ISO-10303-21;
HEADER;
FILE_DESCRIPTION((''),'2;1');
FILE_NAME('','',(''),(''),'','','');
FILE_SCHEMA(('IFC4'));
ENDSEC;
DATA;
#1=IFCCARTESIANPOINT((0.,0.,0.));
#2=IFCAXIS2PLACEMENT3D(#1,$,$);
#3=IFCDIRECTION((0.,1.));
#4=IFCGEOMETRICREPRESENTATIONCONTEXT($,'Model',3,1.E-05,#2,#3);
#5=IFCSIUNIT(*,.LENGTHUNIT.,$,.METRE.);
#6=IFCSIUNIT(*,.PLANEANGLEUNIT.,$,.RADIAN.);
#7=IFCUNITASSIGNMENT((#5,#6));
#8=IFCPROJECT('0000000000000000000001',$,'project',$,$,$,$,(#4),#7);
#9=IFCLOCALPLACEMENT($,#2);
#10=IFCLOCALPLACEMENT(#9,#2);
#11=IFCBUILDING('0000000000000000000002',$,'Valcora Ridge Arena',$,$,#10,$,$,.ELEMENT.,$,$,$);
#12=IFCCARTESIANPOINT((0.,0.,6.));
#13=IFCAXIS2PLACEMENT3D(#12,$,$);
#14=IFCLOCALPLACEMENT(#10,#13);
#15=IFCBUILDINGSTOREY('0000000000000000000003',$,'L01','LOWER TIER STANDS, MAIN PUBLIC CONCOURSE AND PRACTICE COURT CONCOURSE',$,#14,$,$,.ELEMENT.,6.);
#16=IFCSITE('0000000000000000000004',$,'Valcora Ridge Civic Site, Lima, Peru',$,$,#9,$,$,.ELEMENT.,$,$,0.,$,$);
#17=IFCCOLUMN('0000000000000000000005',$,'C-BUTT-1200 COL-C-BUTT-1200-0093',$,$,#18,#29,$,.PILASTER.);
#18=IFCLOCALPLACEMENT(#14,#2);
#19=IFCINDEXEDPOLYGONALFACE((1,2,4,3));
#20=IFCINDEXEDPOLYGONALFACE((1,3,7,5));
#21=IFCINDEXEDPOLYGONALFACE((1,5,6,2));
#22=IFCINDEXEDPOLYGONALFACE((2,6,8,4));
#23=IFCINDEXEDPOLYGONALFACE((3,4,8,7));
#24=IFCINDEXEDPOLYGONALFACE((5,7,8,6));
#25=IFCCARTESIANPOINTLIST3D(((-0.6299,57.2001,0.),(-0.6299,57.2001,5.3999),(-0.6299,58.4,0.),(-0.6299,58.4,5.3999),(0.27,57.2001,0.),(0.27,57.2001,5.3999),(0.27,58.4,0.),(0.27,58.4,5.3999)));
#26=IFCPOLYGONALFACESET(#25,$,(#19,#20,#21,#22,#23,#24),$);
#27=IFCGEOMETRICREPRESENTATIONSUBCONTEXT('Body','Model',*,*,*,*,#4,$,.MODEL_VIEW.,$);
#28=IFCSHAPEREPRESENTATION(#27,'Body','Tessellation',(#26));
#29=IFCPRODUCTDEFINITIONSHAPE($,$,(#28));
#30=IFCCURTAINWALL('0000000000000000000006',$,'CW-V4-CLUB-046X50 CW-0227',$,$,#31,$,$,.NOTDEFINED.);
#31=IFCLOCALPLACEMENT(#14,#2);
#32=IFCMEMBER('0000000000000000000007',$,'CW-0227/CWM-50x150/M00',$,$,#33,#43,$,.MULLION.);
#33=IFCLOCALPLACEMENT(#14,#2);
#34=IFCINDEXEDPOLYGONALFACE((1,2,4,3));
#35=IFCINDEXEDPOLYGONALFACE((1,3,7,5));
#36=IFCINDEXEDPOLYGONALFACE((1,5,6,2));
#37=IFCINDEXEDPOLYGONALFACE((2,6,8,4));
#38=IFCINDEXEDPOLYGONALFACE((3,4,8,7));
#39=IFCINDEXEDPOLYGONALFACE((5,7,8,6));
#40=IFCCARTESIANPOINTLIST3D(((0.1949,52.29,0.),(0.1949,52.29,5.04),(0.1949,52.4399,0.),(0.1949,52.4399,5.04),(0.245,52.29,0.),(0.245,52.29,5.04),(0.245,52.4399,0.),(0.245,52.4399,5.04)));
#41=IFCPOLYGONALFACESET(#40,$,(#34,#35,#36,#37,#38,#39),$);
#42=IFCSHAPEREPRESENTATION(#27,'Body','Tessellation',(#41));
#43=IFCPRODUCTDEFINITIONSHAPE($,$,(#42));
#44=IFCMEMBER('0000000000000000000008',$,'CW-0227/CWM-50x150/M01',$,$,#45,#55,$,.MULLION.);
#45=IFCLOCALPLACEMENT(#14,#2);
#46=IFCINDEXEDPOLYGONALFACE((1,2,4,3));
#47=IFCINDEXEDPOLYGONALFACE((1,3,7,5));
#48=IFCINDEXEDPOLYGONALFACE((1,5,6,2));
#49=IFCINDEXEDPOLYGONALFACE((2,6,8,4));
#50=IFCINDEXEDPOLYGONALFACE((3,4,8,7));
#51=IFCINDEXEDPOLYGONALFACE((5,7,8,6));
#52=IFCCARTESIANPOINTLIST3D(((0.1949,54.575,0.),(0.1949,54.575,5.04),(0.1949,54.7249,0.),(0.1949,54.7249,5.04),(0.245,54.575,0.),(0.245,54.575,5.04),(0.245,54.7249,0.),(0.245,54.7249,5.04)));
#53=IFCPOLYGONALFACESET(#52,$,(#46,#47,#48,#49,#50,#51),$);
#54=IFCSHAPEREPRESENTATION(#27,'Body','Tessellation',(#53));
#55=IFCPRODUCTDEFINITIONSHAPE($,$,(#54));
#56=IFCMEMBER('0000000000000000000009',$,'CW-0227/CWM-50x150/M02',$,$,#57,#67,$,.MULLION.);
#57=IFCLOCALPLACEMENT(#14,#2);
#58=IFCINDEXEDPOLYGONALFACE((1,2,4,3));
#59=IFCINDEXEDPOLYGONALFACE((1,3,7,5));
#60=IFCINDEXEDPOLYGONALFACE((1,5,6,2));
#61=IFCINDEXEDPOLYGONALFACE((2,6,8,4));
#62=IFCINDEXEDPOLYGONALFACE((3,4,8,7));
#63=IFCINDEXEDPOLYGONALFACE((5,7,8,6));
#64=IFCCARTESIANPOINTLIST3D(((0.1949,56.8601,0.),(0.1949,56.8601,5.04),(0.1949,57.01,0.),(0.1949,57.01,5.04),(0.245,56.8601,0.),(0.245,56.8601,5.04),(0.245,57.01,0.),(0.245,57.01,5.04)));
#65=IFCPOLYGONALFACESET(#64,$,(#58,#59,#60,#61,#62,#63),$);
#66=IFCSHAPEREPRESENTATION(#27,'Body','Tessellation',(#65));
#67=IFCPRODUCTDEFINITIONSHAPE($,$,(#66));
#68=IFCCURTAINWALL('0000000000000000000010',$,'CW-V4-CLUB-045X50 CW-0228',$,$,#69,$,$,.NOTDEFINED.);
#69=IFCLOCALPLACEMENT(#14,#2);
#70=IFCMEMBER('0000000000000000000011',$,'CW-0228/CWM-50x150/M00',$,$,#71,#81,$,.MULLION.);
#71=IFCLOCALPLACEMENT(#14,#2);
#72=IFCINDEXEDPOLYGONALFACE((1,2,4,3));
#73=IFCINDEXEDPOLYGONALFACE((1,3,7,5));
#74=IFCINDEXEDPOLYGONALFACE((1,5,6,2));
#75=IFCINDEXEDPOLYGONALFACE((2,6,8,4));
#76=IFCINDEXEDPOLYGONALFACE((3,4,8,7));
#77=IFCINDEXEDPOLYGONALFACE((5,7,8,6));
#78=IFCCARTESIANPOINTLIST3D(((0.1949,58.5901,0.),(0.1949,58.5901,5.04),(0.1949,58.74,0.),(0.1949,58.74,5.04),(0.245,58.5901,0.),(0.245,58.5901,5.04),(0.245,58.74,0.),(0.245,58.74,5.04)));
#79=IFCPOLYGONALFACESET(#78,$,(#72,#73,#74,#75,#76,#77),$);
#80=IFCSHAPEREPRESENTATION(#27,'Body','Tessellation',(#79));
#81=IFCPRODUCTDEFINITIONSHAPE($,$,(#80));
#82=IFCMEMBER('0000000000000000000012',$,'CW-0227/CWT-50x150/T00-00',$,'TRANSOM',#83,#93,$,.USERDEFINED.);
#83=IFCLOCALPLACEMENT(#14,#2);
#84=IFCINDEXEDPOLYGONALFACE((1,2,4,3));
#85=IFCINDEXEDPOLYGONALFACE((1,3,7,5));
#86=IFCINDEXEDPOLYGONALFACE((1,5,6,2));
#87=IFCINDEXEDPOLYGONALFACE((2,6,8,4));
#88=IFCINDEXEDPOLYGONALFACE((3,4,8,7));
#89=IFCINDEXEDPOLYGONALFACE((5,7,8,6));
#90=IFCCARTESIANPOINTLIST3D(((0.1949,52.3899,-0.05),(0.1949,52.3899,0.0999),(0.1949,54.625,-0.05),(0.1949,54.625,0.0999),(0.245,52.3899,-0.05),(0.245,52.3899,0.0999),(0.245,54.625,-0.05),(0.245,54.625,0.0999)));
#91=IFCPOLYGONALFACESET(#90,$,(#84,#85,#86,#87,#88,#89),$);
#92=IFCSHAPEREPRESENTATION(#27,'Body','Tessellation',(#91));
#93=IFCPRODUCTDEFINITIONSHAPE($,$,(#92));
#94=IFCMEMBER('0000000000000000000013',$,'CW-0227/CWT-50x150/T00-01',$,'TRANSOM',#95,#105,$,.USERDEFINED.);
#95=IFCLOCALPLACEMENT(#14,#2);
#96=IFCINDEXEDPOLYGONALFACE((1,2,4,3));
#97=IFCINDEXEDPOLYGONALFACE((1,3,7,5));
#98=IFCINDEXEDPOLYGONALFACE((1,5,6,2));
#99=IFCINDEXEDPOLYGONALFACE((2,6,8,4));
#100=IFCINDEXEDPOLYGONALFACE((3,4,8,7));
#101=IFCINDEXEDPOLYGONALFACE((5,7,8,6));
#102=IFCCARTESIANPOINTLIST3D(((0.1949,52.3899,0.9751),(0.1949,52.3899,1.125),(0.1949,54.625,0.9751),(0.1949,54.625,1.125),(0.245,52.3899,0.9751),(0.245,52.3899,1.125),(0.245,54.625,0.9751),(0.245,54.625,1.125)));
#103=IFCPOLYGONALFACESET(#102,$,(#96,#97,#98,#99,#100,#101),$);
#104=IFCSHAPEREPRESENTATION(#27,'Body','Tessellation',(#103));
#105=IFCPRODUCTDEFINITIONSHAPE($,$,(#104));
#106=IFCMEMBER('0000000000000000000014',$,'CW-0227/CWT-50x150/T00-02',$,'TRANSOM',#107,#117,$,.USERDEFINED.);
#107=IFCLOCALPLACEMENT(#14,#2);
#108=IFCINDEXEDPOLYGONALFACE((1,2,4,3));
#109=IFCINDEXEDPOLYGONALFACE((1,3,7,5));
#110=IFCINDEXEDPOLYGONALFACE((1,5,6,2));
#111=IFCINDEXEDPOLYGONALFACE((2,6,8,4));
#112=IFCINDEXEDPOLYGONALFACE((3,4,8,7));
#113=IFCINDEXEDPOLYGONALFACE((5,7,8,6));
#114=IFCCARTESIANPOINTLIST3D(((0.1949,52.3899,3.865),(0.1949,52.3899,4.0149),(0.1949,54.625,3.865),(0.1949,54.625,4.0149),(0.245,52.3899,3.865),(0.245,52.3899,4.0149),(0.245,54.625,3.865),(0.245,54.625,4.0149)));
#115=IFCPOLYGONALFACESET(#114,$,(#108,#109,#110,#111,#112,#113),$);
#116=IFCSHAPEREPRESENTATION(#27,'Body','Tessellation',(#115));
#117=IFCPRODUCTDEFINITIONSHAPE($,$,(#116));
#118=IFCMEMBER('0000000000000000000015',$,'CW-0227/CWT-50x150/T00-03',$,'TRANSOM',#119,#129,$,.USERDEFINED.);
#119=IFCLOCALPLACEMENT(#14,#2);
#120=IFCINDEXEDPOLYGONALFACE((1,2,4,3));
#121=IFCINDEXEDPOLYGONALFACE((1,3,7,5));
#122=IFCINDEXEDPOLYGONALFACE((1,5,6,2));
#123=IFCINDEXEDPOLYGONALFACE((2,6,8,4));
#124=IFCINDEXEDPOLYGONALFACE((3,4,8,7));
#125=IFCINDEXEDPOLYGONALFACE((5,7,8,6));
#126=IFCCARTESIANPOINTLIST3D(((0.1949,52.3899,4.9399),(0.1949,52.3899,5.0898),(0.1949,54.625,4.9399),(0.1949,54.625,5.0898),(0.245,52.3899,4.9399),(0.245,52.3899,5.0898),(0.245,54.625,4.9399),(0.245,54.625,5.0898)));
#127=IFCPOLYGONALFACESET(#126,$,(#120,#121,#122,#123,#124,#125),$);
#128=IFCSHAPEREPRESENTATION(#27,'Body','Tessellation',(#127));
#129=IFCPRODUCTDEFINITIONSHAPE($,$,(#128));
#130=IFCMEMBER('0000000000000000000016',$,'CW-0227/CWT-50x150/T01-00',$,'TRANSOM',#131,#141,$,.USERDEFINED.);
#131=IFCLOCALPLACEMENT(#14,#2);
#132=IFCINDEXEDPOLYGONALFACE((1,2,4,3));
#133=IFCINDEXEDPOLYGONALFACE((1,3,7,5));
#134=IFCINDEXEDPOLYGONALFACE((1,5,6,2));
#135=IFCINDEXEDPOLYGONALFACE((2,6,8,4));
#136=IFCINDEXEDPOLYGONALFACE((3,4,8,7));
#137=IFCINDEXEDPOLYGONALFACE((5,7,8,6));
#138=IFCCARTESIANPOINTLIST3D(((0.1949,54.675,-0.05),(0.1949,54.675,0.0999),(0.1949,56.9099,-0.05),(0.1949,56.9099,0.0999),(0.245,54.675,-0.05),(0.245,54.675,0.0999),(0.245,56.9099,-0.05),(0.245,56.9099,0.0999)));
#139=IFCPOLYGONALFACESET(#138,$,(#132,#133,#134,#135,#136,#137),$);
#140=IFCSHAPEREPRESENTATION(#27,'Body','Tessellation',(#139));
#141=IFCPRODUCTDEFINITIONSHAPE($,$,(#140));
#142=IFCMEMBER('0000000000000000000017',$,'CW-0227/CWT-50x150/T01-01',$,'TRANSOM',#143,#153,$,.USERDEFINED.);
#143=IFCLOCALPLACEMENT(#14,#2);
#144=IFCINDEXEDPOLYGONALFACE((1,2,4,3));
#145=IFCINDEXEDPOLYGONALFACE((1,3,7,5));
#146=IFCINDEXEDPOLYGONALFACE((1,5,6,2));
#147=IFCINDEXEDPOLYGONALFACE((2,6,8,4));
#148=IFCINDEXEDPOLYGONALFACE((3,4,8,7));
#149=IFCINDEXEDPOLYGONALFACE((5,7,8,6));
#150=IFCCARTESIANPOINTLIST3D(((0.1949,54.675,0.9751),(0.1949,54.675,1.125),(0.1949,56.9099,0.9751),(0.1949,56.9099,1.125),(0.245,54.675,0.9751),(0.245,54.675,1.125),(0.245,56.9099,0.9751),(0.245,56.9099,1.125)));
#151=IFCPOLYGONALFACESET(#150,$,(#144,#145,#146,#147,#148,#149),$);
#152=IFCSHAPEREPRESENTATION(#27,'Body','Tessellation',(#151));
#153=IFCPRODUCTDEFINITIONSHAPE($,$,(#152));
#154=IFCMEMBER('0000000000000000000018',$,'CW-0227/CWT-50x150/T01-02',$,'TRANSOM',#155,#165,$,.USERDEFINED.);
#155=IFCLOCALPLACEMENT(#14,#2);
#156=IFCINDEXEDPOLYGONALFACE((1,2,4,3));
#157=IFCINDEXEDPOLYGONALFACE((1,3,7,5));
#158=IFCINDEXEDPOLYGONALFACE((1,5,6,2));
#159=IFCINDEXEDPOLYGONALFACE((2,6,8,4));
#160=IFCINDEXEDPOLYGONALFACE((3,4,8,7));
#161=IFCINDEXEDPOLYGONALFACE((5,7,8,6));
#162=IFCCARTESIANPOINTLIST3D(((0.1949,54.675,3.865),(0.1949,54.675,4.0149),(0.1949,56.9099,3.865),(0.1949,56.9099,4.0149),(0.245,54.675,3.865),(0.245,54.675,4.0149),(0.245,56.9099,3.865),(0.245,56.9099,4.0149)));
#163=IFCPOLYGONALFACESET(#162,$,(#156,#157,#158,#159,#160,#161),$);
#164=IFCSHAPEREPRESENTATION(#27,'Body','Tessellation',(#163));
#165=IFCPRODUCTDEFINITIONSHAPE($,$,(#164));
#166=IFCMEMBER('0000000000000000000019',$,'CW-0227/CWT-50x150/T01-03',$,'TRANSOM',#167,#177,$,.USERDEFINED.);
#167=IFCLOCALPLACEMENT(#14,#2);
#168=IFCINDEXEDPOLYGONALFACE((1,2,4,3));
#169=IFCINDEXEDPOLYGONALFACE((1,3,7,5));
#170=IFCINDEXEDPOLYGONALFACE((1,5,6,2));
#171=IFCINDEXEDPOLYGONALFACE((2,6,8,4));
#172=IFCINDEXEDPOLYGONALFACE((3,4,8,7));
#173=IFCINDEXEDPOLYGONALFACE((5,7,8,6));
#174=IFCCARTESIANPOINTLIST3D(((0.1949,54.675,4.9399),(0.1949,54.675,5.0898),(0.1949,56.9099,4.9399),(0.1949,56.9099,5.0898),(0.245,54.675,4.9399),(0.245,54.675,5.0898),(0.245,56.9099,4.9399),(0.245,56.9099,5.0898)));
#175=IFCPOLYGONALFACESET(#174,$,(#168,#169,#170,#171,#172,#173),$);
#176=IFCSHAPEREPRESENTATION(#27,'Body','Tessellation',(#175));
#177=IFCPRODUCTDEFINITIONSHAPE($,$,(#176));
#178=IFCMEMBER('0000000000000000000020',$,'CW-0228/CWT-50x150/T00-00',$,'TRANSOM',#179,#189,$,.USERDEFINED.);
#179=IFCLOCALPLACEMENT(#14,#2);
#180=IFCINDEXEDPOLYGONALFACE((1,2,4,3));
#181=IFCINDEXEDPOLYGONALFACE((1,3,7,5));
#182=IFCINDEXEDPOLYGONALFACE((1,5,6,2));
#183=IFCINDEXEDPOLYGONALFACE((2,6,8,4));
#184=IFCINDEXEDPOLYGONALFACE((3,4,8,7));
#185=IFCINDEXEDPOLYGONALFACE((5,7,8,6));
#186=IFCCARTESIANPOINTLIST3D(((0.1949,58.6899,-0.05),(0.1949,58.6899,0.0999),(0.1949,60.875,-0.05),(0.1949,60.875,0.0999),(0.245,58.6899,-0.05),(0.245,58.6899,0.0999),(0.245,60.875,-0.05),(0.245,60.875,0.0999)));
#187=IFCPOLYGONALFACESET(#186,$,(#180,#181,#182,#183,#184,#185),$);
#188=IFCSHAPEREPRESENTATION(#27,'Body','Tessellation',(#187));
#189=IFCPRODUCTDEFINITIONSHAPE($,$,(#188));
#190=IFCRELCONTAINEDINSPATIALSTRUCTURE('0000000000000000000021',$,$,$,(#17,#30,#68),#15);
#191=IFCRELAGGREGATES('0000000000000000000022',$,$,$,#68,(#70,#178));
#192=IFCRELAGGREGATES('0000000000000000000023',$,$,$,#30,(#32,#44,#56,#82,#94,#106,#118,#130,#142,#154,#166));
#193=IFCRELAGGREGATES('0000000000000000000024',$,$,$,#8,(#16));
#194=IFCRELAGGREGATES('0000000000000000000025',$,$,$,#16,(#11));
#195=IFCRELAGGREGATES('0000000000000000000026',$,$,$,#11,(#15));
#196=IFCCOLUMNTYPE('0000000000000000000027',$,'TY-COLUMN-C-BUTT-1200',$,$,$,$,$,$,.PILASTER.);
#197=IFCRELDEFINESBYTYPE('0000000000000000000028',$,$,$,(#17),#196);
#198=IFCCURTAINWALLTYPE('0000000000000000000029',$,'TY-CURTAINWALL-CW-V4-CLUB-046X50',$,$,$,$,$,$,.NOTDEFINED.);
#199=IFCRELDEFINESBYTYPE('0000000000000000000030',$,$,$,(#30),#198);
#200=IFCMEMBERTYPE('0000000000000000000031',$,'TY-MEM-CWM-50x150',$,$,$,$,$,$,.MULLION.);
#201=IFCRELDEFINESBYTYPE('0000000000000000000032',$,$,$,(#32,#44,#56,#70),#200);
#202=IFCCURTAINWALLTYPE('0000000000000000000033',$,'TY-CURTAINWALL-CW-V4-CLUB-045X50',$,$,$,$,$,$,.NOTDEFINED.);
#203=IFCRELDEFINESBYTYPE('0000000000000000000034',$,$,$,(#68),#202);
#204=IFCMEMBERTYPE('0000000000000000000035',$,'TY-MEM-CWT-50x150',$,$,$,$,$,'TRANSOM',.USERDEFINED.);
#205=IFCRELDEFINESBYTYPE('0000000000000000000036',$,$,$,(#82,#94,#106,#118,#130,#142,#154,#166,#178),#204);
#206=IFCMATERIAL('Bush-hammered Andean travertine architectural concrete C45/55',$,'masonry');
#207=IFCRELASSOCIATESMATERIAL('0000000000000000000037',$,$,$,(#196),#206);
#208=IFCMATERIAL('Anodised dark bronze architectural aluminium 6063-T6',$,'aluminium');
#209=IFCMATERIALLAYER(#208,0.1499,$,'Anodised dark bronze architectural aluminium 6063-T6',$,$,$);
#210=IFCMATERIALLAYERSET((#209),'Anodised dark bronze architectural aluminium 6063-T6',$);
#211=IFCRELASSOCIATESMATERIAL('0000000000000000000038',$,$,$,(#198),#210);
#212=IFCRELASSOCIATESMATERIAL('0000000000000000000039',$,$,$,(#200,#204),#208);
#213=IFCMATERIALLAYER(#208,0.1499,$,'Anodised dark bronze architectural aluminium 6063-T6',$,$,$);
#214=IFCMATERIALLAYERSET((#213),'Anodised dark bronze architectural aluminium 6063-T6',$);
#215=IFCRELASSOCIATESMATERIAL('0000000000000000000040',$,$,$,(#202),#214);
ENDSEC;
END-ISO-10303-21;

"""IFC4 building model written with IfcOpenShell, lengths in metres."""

from ifc_helpers import new_model, si_unit, direction, frame, origin, origin_2d, place, context, subcontext, project, spatial, rectangle, extrude, material, layer, layer_set, material_profile, profile_set, type_object, element, aggregate, save


model = new_model("IFC4")

# Units and contexts
model_context = context("Model", 3, precision=1e-05, world=origin(), true_north=direction((0.0, 1.0)))
body_context = subcontext(model_context, "Body", "Model", "MODEL_VIEW")
ifc_project = project(units=[si_unit("LENGTHUNIT", "METRE"), si_unit("PLANEANGLEUNIT", "RADIAN")], contexts=[model_context])

# Site, building, storey
site_placement = place(None, origin())
site = spatial("IfcSite", under=ifc_project, at=site_placement, Name="Valcora Ridge Civic Site, Lima, Peru", CompositionType="ELEMENT", RefElevation=0.0)
building_placement = place(site_placement, origin())
building = spatial("IfcBuilding", under=site, at=building_placement, Name="Valcora Ridge Arena", CompositionType="ELEMENT")
storey_placement = place(building_placement, frame((0.0, 0.0, 6.0)))
storey = spatial("IfcBuildingStorey", under=building, at=storey_placement, Name="L01", Description="LOWER TIER STANDS, MAIN PUBLIC CONCOURSE AND PRACTICE COURT CONCOURSE", CompositionType="ELEMENT", Elevation=6.0)

# Column
ifc_material_1 = material(Name="Bush-hammered Andean travertine architectural concrete C45/55", Category="masonry")
ifc_material_profile_1 = material_profile(ifc_material_1, rectangle(XDim=0.8999, YDim=1.2, at=origin_2d()), Name="RC 900x1200")
ifc_profile_set_1 = profile_set([ifc_material_profile_1], Name="Bush-hammered Andean travertine architectural concrete C45/55")
column_type = type_object("IfcColumnType", Name="TY-COLUMN-C-BUTT-1200", PredefinedType="PILASTER", material=ifc_profile_set_1)
column_placement = place(storey_placement, frame((-0.1799, 57.8, 0.0), z_axis=(0.0, 0.0, 1.0), x_axis=(1.0, 0.0, 0.0)))
element("IfcColumn", 1, at=column_placement, inside=storey, type_object=column_type, Name="C-BUTT-1200 COL-C-BUTT-1200-0093", PredefinedType="PILASTER", context=body_context, shape_type="SweptSolid", body=[
    extrude(rectangle(XDim=0.8999, YDim=1.2, at=origin_2d()), origin(), (0.0, 0.0, 1.0), 5.3999),
])

# Curtain wall, members
ifc_material_2 = material(Name="Anodised dark bronze architectural aluminium 6063-T6", Category="aluminium")
ifc_layer_1 = layer(ifc_material_2, 0.1499, Name="Anodised dark bronze architectural aluminium 6063-T6")
ifc_layer_set_1 = layer_set([ifc_layer_1], Name="Anodised dark bronze architectural aluminium 6063-T6")
curtain_wall_type_1 = type_object("IfcCurtainWallType", Name="TY-CURTAINWALL-CW-V4-CLUB-046X50", PredefinedType="NOTDEFINED", material=ifc_layer_set_1)
curtain_wall_1_placement = place(storey_placement, origin())
curtain_wall_1 = element("IfcCurtainWall", 2, at=curtain_wall_1_placement, inside=storey, type_object=curtain_wall_type_1, Name="CW-V4-CLUB-046X50 CW-0227", PredefinedType="NOTDEFINED")
ifc_material_profile_2 = material_profile(ifc_material_2, rectangle(XDim=0.05, YDim=0.1499, at=origin_2d()), Name="ALU MULLION 50x150")
ifc_profile_set_2 = profile_set([ifc_material_profile_2], Name="Anodised dark bronze architectural aluminium 6063-T6")
member_type_1 = type_object("IfcMemberType", Name="TY-MEM-CWM-50x150", PredefinedType="MULLION", material=ifc_profile_set_2)
member_1_placement = place(storey_placement, frame((0.22, 52.365, 0.0), z_axis=(0.0, 0.0, 1.0), x_axis=(-1.0, 0.0, 0.0)))
member_1 = element("IfcMember", 3, at=member_1_placement, type_object=member_type_1, Name="CW-0227/CWM-50x150/M00", PredefinedType="MULLION", context=body_context, shape_type="SweptSolid", body=[
    extrude(rectangle(XDim=0.05, YDim=0.1499, at=origin_2d()), origin(), (0.0, 0.0, 1.0), 5.04),
])
member_2_placement = place(storey_placement, frame((0.22, 54.6499, 0.0), z_axis=(0.0, 0.0, 1.0), x_axis=(-1.0, 0.0, 0.0)))
member_2 = element("IfcMember", 4, at=member_2_placement, type_object=member_type_1, Name="CW-0227/CWM-50x150/M01", PredefinedType="MULLION", context=body_context, shape_type="SweptSolid", body=[
    extrude(rectangle(XDim=0.05, YDim=0.1499, at=origin_2d()), origin(), (0.0, 0.0, 1.0), 5.04),
])
member_3_placement = place(storey_placement, frame((0.22, 56.9351, 0.0), z_axis=(0.0, 0.0, 1.0), x_axis=(-1.0, 0.0, 0.0)))
member_3 = element("IfcMember", 5, at=member_3_placement, type_object=member_type_1, Name="CW-0227/CWM-50x150/M02", PredefinedType="MULLION", context=body_context, shape_type="SweptSolid", body=[
    extrude(rectangle(XDim=0.05, YDim=0.1499, at=origin_2d()), origin(), (0.0, 0.0, 1.0), 5.04),
])

# Curtain wall, member
ifc_layer_2 = layer(ifc_material_2, 0.1499, Name="Anodised dark bronze architectural aluminium 6063-T6")
ifc_layer_set_2 = layer_set([ifc_layer_2], Name="Anodised dark bronze architectural aluminium 6063-T6")
curtain_wall_type_2 = type_object("IfcCurtainWallType", Name="TY-CURTAINWALL-CW-V4-CLUB-045X50", PredefinedType="NOTDEFINED", material=ifc_layer_set_2)
curtain_wall_2_placement = place(storey_placement, origin())
curtain_wall_2 = element("IfcCurtainWall", 6, at=curtain_wall_2_placement, inside=storey, type_object=curtain_wall_type_2, Name="CW-V4-CLUB-045X50 CW-0228", PredefinedType="NOTDEFINED")
member_4_placement = place(storey_placement, frame((0.22, 58.665, 0.0), z_axis=(0.0, 0.0, 1.0), x_axis=(-1.0, 0.0, 0.0)))
member_4 = element("IfcMember", 7, at=member_4_placement, type_object=member_type_1, Name="CW-0228/CWM-50x150/M00", PredefinedType="MULLION", context=body_context, shape_type="SweptSolid", body=[
    extrude(rectangle(XDim=0.05, YDim=0.1499, at=origin_2d()), origin(), (0.0, 0.0, 1.0), 5.04),
])

# Members
ifc_material_profile_3 = material_profile(ifc_material_2, rectangle(XDim=0.05, YDim=0.1499, at=origin_2d()), Name="ALU TRANSOM 50x150")
ifc_profile_set_3 = profile_set([ifc_material_profile_3], Name="Anodised dark bronze architectural aluminium 6063-T6")
member_type_2 = type_object("IfcMemberType", Name="TY-MEM-CWT-50x150", ElementType="TRANSOM", PredefinedType="USERDEFINED", material=ifc_profile_set_3)
member_5_placement = place(storey_placement, frame((0.22, 52.3899, 0.0249), z_axis=(0.0, 1.0, 0.0), x_axis=(-1.0, 0.0, 0.0)))
member_5 = element("IfcMember", 8, at=member_5_placement, type_object=member_type_2, Name="CW-0227/CWT-50x150/T00-00", ObjectType="TRANSOM", PredefinedType="USERDEFINED", context=body_context, shape_type="SweptSolid", body=[
    extrude(rectangle(XDim=0.05, YDim=0.1499, at=origin_2d()), origin(), (0.0, 0.0, 1.0), 2.2351),
])
member_6_placement = place(storey_placement, frame((0.22, 52.3899, 1.05), z_axis=(0.0, 1.0, 0.0), x_axis=(-1.0, 0.0, 0.0)))
member_6 = element("IfcMember", 9, at=member_6_placement, type_object=member_type_2, Name="CW-0227/CWT-50x150/T00-01", ObjectType="TRANSOM", PredefinedType="USERDEFINED", context=body_context, shape_type="SweptSolid", body=[
    extrude(rectangle(XDim=0.05, YDim=0.1499, at=origin_2d()), origin(), (0.0, 0.0, 1.0), 2.2351),
])
member_7_placement = place(storey_placement, frame((0.22, 52.3899, 3.9399), z_axis=(0.0, 1.0, 0.0), x_axis=(-1.0, 0.0, 0.0)))
member_7 = element("IfcMember", 10, at=member_7_placement, type_object=member_type_2, Name="CW-0227/CWT-50x150/T00-02", ObjectType="TRANSOM", PredefinedType="USERDEFINED", context=body_context, shape_type="SweptSolid", body=[
    extrude(rectangle(XDim=0.05, YDim=0.1499, at=origin_2d()), origin(), (0.0, 0.0, 1.0), 2.2351),
])
member_8_placement = place(storey_placement, frame((0.22, 52.3899, 5.0149), z_axis=(0.0, 1.0, 0.0), x_axis=(-1.0, 0.0, 0.0)))
member_8 = element("IfcMember", 11, at=member_8_placement, type_object=member_type_2, Name="CW-0227/CWT-50x150/T00-03", ObjectType="TRANSOM", PredefinedType="USERDEFINED", context=body_context, shape_type="SweptSolid", body=[
    extrude(rectangle(XDim=0.05, YDim=0.1499, at=origin_2d()), origin(), (0.0, 0.0, 1.0), 2.2351),
])
member_9_placement = place(storey_placement, frame((0.22, 54.675, 0.0249), z_axis=(0.0, 1.0, 0.0), x_axis=(-1.0, 0.0, 0.0)))
member_9 = element("IfcMember", 12, at=member_9_placement, type_object=member_type_2, Name="CW-0227/CWT-50x150/T01-00", ObjectType="TRANSOM", PredefinedType="USERDEFINED", context=body_context, shape_type="SweptSolid", body=[
    extrude(rectangle(XDim=0.05, YDim=0.1499, at=origin_2d()), origin(), (0.0, 0.0, 1.0), 2.2349),
])
member_10_placement = place(storey_placement, frame((0.22, 54.675, 1.05), z_axis=(0.0, 1.0, 0.0), x_axis=(-1.0, 0.0, 0.0)))
member_10 = element("IfcMember", 13, at=member_10_placement, type_object=member_type_2, Name="CW-0227/CWT-50x150/T01-01", ObjectType="TRANSOM", PredefinedType="USERDEFINED", context=body_context, shape_type="SweptSolid", body=[
    extrude(rectangle(XDim=0.05, YDim=0.1499, at=origin_2d()), origin(), (0.0, 0.0, 1.0), 2.2349),
])
member_11_placement = place(storey_placement, frame((0.22, 54.675, 3.9399), z_axis=(0.0, 1.0, 0.0), x_axis=(-1.0, 0.0, 0.0)))
member_11 = element("IfcMember", 14, at=member_11_placement, type_object=member_type_2, Name="CW-0227/CWT-50x150/T01-02", ObjectType="TRANSOM", PredefinedType="USERDEFINED", context=body_context, shape_type="SweptSolid", body=[
    extrude(rectangle(XDim=0.05, YDim=0.1499, at=origin_2d()), origin(), (0.0, 0.0, 1.0), 2.2349),
])
member_12_placement = place(storey_placement, frame((0.22, 54.675, 5.0149), z_axis=(0.0, 1.0, 0.0), x_axis=(-1.0, 0.0, 0.0)))
member_12 = element("IfcMember", 15, at=member_12_placement, type_object=member_type_2, Name="CW-0227/CWT-50x150/T01-03", ObjectType="TRANSOM", PredefinedType="USERDEFINED", context=body_context, shape_type="SweptSolid", body=[
    extrude(rectangle(XDim=0.05, YDim=0.1499, at=origin_2d()), origin(), (0.0, 0.0, 1.0), 2.2349),
])
member_13_placement = place(storey_placement, frame((0.22, 58.6899, 0.0249), z_axis=(0.0, 1.0, 0.0), x_axis=(-1.0, 0.0, 0.0)))
member_13 = element("IfcMember", 16, at=member_13_placement, type_object=member_type_2, Name="CW-0228/CWT-50x150/T00-00", ObjectType="TRANSOM", PredefinedType="USERDEFINED", context=body_context, shape_type="SweptSolid", body=[
    extrude(rectangle(XDim=0.05, YDim=0.1499, at=origin_2d()), origin(), (0.0, 0.0, 1.0), 2.1851),
])
aggregate(curtain_wall_2, [member_4, member_13])

aggregate(curtain_wall_1, [member_1, member_2, member_3, member_5, member_6, member_7, member_8, member_9, member_10, member_11, member_12])

save(model, "model.ifc")
